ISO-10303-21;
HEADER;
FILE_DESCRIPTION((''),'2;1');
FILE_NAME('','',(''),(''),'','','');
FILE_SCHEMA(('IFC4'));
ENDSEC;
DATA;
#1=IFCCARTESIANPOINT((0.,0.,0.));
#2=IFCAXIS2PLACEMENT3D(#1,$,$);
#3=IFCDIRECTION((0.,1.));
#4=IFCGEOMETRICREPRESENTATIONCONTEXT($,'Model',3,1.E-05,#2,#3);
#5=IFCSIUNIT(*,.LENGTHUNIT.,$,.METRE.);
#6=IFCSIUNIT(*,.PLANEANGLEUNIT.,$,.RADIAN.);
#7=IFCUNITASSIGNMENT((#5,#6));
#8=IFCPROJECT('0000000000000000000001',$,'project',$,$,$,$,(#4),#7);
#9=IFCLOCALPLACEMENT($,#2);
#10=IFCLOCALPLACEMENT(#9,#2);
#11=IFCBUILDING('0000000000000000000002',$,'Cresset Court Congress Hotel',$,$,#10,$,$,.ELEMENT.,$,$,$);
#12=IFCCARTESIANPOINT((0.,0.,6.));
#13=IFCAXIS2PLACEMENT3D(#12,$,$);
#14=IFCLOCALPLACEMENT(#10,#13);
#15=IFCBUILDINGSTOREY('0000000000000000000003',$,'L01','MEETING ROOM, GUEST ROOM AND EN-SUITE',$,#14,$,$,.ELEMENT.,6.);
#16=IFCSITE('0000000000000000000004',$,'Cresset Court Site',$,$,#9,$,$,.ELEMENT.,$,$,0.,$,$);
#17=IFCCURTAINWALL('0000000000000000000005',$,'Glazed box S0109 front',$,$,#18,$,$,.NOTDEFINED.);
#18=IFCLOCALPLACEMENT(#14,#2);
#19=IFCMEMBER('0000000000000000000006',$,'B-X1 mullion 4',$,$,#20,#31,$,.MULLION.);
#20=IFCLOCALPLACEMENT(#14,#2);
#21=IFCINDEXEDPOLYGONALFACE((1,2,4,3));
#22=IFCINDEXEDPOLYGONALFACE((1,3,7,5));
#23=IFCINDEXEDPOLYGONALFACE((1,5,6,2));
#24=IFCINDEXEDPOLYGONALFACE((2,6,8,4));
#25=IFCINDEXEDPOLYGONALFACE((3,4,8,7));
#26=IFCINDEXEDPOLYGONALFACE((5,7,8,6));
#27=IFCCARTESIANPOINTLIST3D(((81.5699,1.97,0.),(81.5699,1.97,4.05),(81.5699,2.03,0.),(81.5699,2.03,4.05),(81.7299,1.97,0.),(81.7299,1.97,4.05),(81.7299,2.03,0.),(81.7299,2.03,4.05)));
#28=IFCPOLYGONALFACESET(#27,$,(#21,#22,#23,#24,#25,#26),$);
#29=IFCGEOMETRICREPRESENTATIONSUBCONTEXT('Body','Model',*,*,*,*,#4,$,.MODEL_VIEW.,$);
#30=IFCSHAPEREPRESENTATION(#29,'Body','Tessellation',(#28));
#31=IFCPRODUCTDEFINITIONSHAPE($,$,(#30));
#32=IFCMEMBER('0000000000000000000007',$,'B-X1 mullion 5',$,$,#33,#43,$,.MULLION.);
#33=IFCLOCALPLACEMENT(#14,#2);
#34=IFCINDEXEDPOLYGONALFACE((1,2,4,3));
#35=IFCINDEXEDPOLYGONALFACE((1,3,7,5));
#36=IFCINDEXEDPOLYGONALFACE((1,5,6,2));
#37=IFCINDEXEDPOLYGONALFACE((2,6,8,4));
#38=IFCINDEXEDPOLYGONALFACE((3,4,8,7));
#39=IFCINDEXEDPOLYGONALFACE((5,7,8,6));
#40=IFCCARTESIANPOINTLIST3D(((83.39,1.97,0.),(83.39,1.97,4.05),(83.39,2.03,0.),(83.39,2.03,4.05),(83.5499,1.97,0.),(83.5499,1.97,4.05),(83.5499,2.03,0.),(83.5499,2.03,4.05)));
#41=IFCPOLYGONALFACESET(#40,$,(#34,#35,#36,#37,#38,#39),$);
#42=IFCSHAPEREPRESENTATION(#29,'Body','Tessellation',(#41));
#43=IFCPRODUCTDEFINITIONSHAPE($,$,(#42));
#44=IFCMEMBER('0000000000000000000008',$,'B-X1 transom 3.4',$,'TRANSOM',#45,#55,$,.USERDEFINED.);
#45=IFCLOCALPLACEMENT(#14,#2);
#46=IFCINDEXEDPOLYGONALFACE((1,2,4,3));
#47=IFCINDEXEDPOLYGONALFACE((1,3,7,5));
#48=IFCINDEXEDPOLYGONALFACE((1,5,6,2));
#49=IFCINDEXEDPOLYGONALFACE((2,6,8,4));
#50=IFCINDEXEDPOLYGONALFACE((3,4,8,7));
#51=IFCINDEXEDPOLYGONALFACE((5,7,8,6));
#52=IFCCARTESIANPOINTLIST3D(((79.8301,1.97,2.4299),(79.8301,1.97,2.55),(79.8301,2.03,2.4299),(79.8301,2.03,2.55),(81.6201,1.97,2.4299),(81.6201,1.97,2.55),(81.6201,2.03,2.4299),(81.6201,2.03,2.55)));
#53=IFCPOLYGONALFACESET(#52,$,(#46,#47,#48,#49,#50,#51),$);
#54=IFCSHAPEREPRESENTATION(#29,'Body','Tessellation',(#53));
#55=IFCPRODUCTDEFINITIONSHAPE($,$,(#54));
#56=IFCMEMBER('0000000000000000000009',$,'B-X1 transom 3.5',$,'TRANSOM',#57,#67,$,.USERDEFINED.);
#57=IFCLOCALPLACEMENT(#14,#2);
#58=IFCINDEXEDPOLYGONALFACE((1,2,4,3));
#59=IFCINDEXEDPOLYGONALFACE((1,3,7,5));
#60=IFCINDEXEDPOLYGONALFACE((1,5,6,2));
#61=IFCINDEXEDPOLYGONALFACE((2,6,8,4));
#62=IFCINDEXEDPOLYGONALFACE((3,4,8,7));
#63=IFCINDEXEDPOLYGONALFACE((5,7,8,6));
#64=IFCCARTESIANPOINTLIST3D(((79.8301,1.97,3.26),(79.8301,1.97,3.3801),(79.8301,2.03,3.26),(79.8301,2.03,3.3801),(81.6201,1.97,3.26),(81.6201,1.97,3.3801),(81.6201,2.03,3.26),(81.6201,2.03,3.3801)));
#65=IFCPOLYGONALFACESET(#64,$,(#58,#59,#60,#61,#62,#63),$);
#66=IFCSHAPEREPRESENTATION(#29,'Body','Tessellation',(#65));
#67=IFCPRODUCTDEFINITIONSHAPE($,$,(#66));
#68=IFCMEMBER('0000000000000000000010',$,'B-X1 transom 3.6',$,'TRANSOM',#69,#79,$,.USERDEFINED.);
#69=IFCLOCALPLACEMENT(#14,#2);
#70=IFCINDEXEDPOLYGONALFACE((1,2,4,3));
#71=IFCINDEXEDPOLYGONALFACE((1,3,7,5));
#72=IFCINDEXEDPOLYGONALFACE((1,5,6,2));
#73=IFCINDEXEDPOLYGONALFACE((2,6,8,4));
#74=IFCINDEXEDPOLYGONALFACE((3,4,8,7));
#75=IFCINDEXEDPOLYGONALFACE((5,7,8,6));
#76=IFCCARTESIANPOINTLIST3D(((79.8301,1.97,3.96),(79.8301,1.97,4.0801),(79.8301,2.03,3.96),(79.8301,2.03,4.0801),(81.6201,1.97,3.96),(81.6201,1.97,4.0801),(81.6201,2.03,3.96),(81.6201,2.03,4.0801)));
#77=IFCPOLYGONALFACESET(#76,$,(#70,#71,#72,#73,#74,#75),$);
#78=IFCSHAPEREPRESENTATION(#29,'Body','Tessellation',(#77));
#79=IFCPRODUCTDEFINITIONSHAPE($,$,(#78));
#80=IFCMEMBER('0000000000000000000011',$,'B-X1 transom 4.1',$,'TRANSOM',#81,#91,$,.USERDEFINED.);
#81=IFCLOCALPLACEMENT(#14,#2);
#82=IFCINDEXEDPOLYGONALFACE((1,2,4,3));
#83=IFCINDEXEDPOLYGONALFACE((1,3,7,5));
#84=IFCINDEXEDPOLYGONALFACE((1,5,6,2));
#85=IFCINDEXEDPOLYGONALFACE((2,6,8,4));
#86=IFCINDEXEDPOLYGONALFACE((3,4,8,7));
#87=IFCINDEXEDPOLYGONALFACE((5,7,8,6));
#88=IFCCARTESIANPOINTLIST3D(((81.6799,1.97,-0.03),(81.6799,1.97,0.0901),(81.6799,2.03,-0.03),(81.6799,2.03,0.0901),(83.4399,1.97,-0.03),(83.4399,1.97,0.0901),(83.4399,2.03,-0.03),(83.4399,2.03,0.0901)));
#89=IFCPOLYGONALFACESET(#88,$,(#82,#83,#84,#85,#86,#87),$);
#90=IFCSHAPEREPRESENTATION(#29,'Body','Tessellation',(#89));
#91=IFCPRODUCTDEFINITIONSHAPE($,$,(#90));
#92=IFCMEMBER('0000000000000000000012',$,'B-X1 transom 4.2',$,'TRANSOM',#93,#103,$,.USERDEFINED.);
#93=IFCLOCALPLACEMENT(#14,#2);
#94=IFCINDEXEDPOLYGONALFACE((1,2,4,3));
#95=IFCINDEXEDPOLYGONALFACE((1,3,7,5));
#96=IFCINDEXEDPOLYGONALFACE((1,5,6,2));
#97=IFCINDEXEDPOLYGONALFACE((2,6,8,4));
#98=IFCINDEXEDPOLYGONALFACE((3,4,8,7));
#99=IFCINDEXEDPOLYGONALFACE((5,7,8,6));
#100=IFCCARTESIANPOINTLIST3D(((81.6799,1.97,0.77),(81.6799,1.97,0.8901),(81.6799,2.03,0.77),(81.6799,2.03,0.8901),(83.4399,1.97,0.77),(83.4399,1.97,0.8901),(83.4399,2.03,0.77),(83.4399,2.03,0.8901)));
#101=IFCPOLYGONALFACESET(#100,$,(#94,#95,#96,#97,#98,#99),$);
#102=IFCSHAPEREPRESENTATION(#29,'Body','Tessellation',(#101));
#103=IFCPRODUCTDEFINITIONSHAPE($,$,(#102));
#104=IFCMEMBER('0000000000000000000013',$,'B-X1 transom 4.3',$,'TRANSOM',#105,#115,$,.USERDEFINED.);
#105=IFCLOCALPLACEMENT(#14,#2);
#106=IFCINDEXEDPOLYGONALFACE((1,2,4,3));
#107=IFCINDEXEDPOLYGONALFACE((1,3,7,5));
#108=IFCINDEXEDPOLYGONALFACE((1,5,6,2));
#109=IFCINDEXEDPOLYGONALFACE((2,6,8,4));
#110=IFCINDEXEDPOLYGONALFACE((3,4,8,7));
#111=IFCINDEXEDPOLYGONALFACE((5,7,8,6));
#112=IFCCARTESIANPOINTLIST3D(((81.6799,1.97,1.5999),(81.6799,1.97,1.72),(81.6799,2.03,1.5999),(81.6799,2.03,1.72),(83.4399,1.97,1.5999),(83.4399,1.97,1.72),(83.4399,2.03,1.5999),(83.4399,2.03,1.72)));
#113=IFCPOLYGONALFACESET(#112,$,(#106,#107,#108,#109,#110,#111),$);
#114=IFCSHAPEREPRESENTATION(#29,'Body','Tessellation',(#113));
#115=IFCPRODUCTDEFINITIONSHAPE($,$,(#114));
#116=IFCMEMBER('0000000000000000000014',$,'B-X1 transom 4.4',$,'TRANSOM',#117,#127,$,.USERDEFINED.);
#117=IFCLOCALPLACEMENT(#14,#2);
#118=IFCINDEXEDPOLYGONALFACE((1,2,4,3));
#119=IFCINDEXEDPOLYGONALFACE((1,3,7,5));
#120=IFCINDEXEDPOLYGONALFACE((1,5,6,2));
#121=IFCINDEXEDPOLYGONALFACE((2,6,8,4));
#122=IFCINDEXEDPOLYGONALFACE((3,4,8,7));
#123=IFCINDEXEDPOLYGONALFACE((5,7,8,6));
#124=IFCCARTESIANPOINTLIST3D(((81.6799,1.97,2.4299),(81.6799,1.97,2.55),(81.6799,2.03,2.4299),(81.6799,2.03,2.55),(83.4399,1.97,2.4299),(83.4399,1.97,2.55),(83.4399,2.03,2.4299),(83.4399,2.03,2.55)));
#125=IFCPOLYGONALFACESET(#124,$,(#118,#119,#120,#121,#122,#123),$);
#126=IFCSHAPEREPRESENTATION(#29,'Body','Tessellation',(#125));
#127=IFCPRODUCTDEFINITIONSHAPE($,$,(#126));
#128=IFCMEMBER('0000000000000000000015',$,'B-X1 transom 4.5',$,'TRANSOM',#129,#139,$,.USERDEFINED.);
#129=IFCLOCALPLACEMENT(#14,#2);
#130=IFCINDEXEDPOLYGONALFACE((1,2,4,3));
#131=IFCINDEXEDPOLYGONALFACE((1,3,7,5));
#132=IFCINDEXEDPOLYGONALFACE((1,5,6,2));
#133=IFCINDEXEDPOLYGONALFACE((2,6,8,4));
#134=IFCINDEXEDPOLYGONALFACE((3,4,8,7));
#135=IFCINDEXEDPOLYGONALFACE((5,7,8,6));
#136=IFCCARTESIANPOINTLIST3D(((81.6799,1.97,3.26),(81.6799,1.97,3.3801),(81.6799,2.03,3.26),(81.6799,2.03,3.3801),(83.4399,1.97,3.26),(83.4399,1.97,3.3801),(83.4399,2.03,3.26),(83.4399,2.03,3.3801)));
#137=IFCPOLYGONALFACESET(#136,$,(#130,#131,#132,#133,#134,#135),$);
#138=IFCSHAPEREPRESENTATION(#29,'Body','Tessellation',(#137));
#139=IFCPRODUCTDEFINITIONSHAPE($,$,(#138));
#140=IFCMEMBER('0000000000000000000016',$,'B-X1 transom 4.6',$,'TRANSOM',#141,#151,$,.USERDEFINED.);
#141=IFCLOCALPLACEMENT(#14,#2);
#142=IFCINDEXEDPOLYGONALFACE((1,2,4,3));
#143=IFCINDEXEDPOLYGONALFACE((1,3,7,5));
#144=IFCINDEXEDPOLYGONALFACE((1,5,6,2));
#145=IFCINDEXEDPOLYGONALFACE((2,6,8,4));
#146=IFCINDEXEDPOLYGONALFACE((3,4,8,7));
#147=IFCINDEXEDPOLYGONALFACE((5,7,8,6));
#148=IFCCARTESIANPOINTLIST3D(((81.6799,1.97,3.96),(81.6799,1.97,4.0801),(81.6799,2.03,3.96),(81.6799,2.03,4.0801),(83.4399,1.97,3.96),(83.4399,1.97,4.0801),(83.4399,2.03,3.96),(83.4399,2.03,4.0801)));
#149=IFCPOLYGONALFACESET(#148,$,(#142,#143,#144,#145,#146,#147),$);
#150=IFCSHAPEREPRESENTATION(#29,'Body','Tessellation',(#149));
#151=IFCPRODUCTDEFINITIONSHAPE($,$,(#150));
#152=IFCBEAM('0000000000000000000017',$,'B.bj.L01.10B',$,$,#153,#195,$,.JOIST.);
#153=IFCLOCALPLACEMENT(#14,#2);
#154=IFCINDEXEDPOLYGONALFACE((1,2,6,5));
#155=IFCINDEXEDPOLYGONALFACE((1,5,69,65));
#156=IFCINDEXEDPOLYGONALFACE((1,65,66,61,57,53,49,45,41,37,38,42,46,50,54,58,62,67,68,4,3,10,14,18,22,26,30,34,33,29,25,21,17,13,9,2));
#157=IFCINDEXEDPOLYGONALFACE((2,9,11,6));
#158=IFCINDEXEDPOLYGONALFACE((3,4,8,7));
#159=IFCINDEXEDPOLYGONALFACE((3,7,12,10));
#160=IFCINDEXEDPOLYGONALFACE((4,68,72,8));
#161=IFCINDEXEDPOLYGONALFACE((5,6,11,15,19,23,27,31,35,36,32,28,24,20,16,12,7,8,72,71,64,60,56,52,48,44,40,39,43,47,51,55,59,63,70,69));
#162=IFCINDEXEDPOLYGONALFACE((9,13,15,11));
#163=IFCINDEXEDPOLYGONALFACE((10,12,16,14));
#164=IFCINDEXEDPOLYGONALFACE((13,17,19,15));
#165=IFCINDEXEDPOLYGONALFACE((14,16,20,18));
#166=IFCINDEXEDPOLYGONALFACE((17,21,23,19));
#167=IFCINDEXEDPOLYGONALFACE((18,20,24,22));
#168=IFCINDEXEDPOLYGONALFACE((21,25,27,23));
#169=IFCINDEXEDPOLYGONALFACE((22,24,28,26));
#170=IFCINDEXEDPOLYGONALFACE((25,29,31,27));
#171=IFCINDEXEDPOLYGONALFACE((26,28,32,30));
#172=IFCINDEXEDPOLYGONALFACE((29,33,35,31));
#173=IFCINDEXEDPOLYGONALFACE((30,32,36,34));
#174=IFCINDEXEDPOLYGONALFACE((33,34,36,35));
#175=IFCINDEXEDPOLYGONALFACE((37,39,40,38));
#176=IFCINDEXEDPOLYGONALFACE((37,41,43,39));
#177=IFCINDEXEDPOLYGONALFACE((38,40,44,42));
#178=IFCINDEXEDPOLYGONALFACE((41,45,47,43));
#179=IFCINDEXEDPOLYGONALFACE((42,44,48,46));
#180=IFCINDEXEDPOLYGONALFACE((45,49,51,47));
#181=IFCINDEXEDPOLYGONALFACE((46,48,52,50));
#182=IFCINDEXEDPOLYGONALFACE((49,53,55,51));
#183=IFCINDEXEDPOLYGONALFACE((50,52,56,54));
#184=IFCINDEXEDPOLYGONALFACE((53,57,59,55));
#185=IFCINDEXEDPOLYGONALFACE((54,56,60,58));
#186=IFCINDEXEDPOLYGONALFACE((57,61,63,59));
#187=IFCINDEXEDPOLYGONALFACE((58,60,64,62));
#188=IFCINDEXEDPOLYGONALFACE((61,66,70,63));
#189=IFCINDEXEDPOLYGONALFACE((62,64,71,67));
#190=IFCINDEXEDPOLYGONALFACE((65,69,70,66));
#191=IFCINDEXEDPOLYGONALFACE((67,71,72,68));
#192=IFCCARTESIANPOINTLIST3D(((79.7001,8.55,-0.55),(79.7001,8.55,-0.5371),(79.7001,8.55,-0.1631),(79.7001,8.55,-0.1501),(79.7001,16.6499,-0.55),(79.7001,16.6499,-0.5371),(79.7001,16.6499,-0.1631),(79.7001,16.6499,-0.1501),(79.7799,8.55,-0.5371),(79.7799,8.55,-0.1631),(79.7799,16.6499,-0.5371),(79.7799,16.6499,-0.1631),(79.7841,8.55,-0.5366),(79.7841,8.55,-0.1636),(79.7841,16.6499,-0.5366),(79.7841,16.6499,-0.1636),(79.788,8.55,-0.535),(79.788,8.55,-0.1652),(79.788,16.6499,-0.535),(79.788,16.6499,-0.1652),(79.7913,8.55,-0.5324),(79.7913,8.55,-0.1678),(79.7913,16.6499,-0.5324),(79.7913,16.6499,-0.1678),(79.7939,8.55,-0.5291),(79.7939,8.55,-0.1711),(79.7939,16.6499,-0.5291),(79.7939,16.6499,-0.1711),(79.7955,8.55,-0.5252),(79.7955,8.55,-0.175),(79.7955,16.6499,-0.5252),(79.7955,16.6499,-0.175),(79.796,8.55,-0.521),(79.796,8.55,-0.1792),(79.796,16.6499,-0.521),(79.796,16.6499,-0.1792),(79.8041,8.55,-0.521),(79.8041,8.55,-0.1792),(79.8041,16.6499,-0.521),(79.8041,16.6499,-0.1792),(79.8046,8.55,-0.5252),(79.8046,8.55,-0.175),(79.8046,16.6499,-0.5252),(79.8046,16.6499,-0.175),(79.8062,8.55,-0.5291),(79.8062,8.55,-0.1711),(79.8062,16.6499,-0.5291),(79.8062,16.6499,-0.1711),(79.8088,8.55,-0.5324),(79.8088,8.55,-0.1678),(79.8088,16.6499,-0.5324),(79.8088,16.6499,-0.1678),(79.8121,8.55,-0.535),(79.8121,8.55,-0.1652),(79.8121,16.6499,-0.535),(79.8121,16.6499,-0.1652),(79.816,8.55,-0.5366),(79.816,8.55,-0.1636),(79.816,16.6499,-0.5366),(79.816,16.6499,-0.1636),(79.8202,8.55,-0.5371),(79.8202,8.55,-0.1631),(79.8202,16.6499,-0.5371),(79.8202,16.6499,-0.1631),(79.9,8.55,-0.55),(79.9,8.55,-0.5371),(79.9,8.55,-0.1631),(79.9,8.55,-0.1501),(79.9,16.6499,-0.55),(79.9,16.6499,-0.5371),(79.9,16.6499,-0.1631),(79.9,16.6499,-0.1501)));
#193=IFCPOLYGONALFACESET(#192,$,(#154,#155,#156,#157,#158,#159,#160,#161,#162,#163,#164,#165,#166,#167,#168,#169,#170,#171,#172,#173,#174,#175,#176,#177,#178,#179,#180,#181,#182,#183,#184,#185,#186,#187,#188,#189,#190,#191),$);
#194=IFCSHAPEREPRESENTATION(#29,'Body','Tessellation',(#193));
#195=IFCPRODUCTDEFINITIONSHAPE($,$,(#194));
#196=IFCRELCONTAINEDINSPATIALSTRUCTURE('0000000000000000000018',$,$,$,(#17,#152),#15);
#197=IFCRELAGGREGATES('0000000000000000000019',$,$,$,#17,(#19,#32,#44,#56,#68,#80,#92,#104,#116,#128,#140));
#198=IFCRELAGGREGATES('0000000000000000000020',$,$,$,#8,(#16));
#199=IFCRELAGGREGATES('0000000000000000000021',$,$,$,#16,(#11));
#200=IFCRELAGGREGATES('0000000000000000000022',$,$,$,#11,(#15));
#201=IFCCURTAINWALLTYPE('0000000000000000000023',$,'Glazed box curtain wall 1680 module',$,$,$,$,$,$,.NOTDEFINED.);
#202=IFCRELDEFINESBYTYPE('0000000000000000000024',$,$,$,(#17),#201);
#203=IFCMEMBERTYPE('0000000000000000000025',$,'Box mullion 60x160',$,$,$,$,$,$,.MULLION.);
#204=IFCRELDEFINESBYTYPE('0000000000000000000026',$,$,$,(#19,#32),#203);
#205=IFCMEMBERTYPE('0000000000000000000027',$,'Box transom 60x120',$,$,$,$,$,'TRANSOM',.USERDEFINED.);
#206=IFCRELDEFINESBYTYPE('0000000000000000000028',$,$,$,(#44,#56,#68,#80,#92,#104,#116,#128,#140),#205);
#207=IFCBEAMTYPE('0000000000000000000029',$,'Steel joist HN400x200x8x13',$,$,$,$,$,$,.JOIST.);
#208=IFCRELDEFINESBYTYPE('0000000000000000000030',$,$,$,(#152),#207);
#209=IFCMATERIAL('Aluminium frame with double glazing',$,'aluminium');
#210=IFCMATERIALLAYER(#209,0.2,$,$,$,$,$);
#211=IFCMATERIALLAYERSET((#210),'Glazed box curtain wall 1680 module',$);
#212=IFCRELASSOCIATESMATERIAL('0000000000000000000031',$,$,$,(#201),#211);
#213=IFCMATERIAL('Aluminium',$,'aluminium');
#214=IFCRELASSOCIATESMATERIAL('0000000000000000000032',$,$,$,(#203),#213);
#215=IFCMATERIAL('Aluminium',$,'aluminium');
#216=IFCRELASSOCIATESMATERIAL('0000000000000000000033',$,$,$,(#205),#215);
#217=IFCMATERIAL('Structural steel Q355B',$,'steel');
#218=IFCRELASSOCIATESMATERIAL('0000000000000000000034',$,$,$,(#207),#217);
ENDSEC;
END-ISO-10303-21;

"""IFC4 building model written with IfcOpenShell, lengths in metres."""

from ifc_helpers import new_model, si_unit, direction, frame, origin, origin_2d, place, context, subcontext, project, spatial, rectangle, i_section, extrude, material, layer, layer_set, material_profile, profile_set, type_object, element, aggregate, save


model = new_model("IFC4")

# Units and contexts
model_context = context("Model", 3, precision=1e-05, world=origin(), true_north=direction((0.0, 1.0)))
body_context = subcontext(model_context, "Body", "Model", "MODEL_VIEW")
ifc_project = project(units=[si_unit("LENGTHUNIT", "METRE"), si_unit("PLANEANGLEUNIT", "RADIAN")], contexts=[model_context])

# Site, building, storey
site_placement = place(None, origin())
site = spatial("IfcSite", under=ifc_project, at=site_placement, Name="Cresset Court Site", CompositionType="ELEMENT", RefElevation=0.0)
building_placement = place(site_placement, origin())
building = spatial("IfcBuilding", under=site, at=building_placement, Name="Cresset Court Congress Hotel", CompositionType="ELEMENT")
storey_placement = place(building_placement, frame((0.0, 0.0, 6.0)))
storey = spatial("IfcBuildingStorey", under=building, at=storey_placement, Name="L01", Description="MEETING ROOM, GUEST ROOM AND EN-SUITE", CompositionType="ELEMENT", Elevation=6.0)

# Curtain wall, members
ifc_material_1 = material(Name="Aluminium frame with double glazing", Category="aluminium")
ifc_layer_1 = layer(ifc_material_1, 0.2)
ifc_layer_set_1 = layer_set([ifc_layer_1], Name="Glazed box curtain wall 1680 module")
curtain_wall_type = type_object("IfcCurtainWallType", Name="Glazed box curtain wall 1680 module", PredefinedType="NOTDEFINED", material=ifc_layer_set_1)
curtain_wall_placement = place(storey_placement, origin())
curtain_wall = element("IfcCurtainWall", 1, at=curtain_wall_placement, inside=storey, type_object=curtain_wall_type, Name="Glazed box S0109 front", PredefinedType="NOTDEFINED")
ifc_material_2 = material(Name="Aluminium", Category="aluminium")
ifc_material_profile_1 = material_profile(ifc_material_2, rectangle(XDim=0.0601, YDim=0.1599, at=origin_2d()), Name="Box mullion 60x160")
ifc_profile_set_1 = profile_set([ifc_material_profile_1], Name="Aluminium")
member_type_1 = type_object("IfcMemberType", Name="Box mullion 60x160", PredefinedType="MULLION", material=ifc_profile_set_1)
member_1_placement = place(storey_placement, frame((81.6499, 2.0, 0.0), z_axis=(0.0, 0.0, 1.0), x_axis=(0.0, 1.0, 0.0)))
member_1 = element("IfcMember", 2, at=member_1_placement, type_object=member_type_1, Name="B-X1 mullion 4", PredefinedType="MULLION", context=body_context, shape_type="SweptSolid", body=[
    extrude(rectangle(XDim=0.0601, YDim=0.1599, at=origin_2d()), origin(), (0.0, 0.0, 1.0), 4.05),
])
member_2_placement = place(storey_placement, frame((83.47, 2.0, 0.0), z_axis=(0.0, 0.0, 1.0), x_axis=(0.0, 1.0, 0.0)))
member_2 = element("IfcMember", 3, at=member_2_placement, type_object=member_type_1, Name="B-X1 mullion 5", PredefinedType="MULLION", context=body_context, shape_type="SweptSolid", body=[
    extrude(rectangle(XDim=0.0601, YDim=0.1599, at=origin_2d()), origin(), (0.0, 0.0, 1.0), 4.05),
])
ifc_material_3 = material(Name="Aluminium", Category="aluminium")
ifc_material_profile_2 = material_profile(ifc_material_3, rectangle(XDim=0.0601, YDim=0.1201, at=origin_2d()), Name="Box transom 60x120")
ifc_profile_set_2 = profile_set([ifc_material_profile_2], Name="Aluminium")
member_type_2 = type_object("IfcMemberType", Name="Box transom 60x120", ElementType="TRANSOM", PredefinedType="USERDEFINED", material=ifc_profile_set_2)
member_3_placement = place(storey_placement, frame((79.8301, 2.0, 2.49), z_axis=(1.0, 0.0, 0.0), x_axis=(0.0, 1.0, 0.0)))
member_3 = element("IfcMember", 4, at=member_3_placement, type_object=member_type_2, Name="B-X1 transom 3.4", ObjectType="TRANSOM", PredefinedType="USERDEFINED", context=body_context, shape_type="SweptSolid", body=[
    extrude(rectangle(XDim=0.0601, YDim=0.1201, at=origin_2d()), origin(), (0.0, 0.0, 1.0), 1.79),
])
member_4_placement = place(storey_placement, frame((79.8301, 2.0, 3.3201), z_axis=(1.0, 0.0, 0.0), x_axis=(0.0, 1.0, 0.0)))
member_4 = element("IfcMember", 5, at=member_4_placement, type_object=member_type_2, Name="B-X1 transom 3.5", ObjectType="TRANSOM", PredefinedType="USERDEFINED", context=body_context, shape_type="SweptSolid", body=[
    extrude(rectangle(XDim=0.0601, YDim=0.1201, at=origin_2d()), origin(), (0.0, 0.0, 1.0), 1.79),
])
member_5_placement = place(storey_placement, frame((79.8301, 2.0, 4.02), z_axis=(1.0, 0.0, 0.0), x_axis=(0.0, 1.0, 0.0)))
member_5 = element("IfcMember", 6, at=member_5_placement, type_object=member_type_2, Name="B-X1 transom 3.6", ObjectType="TRANSOM", PredefinedType="USERDEFINED", context=body_context, shape_type="SweptSolid", body=[
    extrude(rectangle(XDim=0.0601, YDim=0.1201, at=origin_2d()), origin(), (0.0, 0.0, 1.0), 1.79),
])
member_6_placement = place(storey_placement, frame((81.6799, 2.0, 0.03), z_axis=(1.0, 0.0, 0.0), x_axis=(0.0, 1.0, 0.0)))
member_6 = element("IfcMember", 7, at=member_6_placement, type_object=member_type_2, Name="B-X1 transom 4.1", ObjectType="TRANSOM", PredefinedType="USERDEFINED", context=body_context, shape_type="SweptSolid", body=[
    extrude(rectangle(XDim=0.0601, YDim=0.1201, at=origin_2d()), origin(), (0.0, 0.0, 1.0), 1.76),
])
member_7_placement = place(storey_placement, frame((81.6799, 2.0, 0.8301), z_axis=(1.0, 0.0, 0.0), x_axis=(0.0, 1.0, 0.0)))
member_7 = element("IfcMember", 8, at=member_7_placement, type_object=member_type_2, Name="B-X1 transom 4.2", ObjectType="TRANSOM", PredefinedType="USERDEFINED", context=body_context, shape_type="SweptSolid", body=[
    extrude(rectangle(XDim=0.0601, YDim=0.1201, at=origin_2d()), origin(), (0.0, 0.0, 1.0), 1.76),
])
member_8_placement = place(storey_placement, frame((81.6799, 2.0, 1.6599), z_axis=(1.0, 0.0, 0.0), x_axis=(0.0, 1.0, 0.0)))
member_8 = element("IfcMember", 9, at=member_8_placement, type_object=member_type_2, Name="B-X1 transom 4.3", ObjectType="TRANSOM", PredefinedType="USERDEFINED", context=body_context, shape_type="SweptSolid", body=[
    extrude(rectangle(XDim=0.0601, YDim=0.1201, at=origin_2d()), origin(), (0.0, 0.0, 1.0), 1.76),
])
member_9_placement = place(storey_placement, frame((81.6799, 2.0, 2.49), z_axis=(1.0, 0.0, 0.0), x_axis=(0.0, 1.0, 0.0)))
member_9 = element("IfcMember", 10, at=member_9_placement, type_object=member_type_2, Name="B-X1 transom 4.4", ObjectType="TRANSOM", PredefinedType="USERDEFINED", context=body_context, shape_type="SweptSolid", body=[
    extrude(rectangle(XDim=0.0601, YDim=0.1201, at=origin_2d()), origin(), (0.0, 0.0, 1.0), 1.76),
])
member_10_placement = place(storey_placement, frame((81.6799, 2.0, 3.3201), z_axis=(1.0, 0.0, 0.0), x_axis=(0.0, 1.0, 0.0)))
member_10 = element("IfcMember", 11, at=member_10_placement, type_object=member_type_2, Name="B-X1 transom 4.5", ObjectType="TRANSOM", PredefinedType="USERDEFINED", context=body_context, shape_type="SweptSolid", body=[
    extrude(rectangle(XDim=0.0601, YDim=0.1201, at=origin_2d()), origin(), (0.0, 0.0, 1.0), 1.76),
])
member_11_placement = place(storey_placement, frame((81.6799, 2.0, 4.02), z_axis=(1.0, 0.0, 0.0), x_axis=(0.0, 1.0, 0.0)))
member_11 = element("IfcMember", 12, at=member_11_placement, type_object=member_type_2, Name="B-X1 transom 4.6", ObjectType="TRANSOM", PredefinedType="USERDEFINED", context=body_context, shape_type="SweptSolid", body=[
    extrude(rectangle(XDim=0.0601, YDim=0.1201, at=origin_2d()), origin(), (0.0, 0.0, 1.0), 1.76),
])

# Beam
ifc_material_4 = material(Name="Structural steel Q355B", Category="steel")
ifc_material_profile_3 = material_profile(ifc_material_4, i_section(OverallWidth=0.2, OverallDepth=0.3999, WebThickness=0.0081, FlangeThickness=0.0129, FilletRadius=0.0161, at=origin_2d()), Name="HN400x200x8x13")
ifc_profile_set_3 = profile_set([ifc_material_profile_3], Name="Structural steel Q355B")
beam_type = type_object("IfcBeamType", Name="Steel joist HN400x200x8x13", PredefinedType="JOIST", material=ifc_profile_set_3)
beam_placement = place(storey_placement, frame((79.8, 8.55, -0.3501), z_axis=(0.0, 1.0, 0.0), x_axis=(-1.0, 0.0, 0.0)))
element("IfcBeam", 13, at=beam_placement, inside=storey, type_object=beam_type, Name="B.bj.L01.10B", PredefinedType="JOIST", context=body_context, shape_type="SweptSolid", body=[
    extrude(i_section(OverallWidth=0.2, OverallDepth=0.3999, WebThickness=0.0081, FlangeThickness=0.0129, FilletRadius=0.0161, at=origin_2d()), origin(), (0.0, 0.0, 1.0), 8.0999),
])

aggregate(curtain_wall, [member_1, member_2, member_3, member_4, member_5, member_6, member_7, member_8, member_9, member_10, member_11])

save(model, "model.ifc")
